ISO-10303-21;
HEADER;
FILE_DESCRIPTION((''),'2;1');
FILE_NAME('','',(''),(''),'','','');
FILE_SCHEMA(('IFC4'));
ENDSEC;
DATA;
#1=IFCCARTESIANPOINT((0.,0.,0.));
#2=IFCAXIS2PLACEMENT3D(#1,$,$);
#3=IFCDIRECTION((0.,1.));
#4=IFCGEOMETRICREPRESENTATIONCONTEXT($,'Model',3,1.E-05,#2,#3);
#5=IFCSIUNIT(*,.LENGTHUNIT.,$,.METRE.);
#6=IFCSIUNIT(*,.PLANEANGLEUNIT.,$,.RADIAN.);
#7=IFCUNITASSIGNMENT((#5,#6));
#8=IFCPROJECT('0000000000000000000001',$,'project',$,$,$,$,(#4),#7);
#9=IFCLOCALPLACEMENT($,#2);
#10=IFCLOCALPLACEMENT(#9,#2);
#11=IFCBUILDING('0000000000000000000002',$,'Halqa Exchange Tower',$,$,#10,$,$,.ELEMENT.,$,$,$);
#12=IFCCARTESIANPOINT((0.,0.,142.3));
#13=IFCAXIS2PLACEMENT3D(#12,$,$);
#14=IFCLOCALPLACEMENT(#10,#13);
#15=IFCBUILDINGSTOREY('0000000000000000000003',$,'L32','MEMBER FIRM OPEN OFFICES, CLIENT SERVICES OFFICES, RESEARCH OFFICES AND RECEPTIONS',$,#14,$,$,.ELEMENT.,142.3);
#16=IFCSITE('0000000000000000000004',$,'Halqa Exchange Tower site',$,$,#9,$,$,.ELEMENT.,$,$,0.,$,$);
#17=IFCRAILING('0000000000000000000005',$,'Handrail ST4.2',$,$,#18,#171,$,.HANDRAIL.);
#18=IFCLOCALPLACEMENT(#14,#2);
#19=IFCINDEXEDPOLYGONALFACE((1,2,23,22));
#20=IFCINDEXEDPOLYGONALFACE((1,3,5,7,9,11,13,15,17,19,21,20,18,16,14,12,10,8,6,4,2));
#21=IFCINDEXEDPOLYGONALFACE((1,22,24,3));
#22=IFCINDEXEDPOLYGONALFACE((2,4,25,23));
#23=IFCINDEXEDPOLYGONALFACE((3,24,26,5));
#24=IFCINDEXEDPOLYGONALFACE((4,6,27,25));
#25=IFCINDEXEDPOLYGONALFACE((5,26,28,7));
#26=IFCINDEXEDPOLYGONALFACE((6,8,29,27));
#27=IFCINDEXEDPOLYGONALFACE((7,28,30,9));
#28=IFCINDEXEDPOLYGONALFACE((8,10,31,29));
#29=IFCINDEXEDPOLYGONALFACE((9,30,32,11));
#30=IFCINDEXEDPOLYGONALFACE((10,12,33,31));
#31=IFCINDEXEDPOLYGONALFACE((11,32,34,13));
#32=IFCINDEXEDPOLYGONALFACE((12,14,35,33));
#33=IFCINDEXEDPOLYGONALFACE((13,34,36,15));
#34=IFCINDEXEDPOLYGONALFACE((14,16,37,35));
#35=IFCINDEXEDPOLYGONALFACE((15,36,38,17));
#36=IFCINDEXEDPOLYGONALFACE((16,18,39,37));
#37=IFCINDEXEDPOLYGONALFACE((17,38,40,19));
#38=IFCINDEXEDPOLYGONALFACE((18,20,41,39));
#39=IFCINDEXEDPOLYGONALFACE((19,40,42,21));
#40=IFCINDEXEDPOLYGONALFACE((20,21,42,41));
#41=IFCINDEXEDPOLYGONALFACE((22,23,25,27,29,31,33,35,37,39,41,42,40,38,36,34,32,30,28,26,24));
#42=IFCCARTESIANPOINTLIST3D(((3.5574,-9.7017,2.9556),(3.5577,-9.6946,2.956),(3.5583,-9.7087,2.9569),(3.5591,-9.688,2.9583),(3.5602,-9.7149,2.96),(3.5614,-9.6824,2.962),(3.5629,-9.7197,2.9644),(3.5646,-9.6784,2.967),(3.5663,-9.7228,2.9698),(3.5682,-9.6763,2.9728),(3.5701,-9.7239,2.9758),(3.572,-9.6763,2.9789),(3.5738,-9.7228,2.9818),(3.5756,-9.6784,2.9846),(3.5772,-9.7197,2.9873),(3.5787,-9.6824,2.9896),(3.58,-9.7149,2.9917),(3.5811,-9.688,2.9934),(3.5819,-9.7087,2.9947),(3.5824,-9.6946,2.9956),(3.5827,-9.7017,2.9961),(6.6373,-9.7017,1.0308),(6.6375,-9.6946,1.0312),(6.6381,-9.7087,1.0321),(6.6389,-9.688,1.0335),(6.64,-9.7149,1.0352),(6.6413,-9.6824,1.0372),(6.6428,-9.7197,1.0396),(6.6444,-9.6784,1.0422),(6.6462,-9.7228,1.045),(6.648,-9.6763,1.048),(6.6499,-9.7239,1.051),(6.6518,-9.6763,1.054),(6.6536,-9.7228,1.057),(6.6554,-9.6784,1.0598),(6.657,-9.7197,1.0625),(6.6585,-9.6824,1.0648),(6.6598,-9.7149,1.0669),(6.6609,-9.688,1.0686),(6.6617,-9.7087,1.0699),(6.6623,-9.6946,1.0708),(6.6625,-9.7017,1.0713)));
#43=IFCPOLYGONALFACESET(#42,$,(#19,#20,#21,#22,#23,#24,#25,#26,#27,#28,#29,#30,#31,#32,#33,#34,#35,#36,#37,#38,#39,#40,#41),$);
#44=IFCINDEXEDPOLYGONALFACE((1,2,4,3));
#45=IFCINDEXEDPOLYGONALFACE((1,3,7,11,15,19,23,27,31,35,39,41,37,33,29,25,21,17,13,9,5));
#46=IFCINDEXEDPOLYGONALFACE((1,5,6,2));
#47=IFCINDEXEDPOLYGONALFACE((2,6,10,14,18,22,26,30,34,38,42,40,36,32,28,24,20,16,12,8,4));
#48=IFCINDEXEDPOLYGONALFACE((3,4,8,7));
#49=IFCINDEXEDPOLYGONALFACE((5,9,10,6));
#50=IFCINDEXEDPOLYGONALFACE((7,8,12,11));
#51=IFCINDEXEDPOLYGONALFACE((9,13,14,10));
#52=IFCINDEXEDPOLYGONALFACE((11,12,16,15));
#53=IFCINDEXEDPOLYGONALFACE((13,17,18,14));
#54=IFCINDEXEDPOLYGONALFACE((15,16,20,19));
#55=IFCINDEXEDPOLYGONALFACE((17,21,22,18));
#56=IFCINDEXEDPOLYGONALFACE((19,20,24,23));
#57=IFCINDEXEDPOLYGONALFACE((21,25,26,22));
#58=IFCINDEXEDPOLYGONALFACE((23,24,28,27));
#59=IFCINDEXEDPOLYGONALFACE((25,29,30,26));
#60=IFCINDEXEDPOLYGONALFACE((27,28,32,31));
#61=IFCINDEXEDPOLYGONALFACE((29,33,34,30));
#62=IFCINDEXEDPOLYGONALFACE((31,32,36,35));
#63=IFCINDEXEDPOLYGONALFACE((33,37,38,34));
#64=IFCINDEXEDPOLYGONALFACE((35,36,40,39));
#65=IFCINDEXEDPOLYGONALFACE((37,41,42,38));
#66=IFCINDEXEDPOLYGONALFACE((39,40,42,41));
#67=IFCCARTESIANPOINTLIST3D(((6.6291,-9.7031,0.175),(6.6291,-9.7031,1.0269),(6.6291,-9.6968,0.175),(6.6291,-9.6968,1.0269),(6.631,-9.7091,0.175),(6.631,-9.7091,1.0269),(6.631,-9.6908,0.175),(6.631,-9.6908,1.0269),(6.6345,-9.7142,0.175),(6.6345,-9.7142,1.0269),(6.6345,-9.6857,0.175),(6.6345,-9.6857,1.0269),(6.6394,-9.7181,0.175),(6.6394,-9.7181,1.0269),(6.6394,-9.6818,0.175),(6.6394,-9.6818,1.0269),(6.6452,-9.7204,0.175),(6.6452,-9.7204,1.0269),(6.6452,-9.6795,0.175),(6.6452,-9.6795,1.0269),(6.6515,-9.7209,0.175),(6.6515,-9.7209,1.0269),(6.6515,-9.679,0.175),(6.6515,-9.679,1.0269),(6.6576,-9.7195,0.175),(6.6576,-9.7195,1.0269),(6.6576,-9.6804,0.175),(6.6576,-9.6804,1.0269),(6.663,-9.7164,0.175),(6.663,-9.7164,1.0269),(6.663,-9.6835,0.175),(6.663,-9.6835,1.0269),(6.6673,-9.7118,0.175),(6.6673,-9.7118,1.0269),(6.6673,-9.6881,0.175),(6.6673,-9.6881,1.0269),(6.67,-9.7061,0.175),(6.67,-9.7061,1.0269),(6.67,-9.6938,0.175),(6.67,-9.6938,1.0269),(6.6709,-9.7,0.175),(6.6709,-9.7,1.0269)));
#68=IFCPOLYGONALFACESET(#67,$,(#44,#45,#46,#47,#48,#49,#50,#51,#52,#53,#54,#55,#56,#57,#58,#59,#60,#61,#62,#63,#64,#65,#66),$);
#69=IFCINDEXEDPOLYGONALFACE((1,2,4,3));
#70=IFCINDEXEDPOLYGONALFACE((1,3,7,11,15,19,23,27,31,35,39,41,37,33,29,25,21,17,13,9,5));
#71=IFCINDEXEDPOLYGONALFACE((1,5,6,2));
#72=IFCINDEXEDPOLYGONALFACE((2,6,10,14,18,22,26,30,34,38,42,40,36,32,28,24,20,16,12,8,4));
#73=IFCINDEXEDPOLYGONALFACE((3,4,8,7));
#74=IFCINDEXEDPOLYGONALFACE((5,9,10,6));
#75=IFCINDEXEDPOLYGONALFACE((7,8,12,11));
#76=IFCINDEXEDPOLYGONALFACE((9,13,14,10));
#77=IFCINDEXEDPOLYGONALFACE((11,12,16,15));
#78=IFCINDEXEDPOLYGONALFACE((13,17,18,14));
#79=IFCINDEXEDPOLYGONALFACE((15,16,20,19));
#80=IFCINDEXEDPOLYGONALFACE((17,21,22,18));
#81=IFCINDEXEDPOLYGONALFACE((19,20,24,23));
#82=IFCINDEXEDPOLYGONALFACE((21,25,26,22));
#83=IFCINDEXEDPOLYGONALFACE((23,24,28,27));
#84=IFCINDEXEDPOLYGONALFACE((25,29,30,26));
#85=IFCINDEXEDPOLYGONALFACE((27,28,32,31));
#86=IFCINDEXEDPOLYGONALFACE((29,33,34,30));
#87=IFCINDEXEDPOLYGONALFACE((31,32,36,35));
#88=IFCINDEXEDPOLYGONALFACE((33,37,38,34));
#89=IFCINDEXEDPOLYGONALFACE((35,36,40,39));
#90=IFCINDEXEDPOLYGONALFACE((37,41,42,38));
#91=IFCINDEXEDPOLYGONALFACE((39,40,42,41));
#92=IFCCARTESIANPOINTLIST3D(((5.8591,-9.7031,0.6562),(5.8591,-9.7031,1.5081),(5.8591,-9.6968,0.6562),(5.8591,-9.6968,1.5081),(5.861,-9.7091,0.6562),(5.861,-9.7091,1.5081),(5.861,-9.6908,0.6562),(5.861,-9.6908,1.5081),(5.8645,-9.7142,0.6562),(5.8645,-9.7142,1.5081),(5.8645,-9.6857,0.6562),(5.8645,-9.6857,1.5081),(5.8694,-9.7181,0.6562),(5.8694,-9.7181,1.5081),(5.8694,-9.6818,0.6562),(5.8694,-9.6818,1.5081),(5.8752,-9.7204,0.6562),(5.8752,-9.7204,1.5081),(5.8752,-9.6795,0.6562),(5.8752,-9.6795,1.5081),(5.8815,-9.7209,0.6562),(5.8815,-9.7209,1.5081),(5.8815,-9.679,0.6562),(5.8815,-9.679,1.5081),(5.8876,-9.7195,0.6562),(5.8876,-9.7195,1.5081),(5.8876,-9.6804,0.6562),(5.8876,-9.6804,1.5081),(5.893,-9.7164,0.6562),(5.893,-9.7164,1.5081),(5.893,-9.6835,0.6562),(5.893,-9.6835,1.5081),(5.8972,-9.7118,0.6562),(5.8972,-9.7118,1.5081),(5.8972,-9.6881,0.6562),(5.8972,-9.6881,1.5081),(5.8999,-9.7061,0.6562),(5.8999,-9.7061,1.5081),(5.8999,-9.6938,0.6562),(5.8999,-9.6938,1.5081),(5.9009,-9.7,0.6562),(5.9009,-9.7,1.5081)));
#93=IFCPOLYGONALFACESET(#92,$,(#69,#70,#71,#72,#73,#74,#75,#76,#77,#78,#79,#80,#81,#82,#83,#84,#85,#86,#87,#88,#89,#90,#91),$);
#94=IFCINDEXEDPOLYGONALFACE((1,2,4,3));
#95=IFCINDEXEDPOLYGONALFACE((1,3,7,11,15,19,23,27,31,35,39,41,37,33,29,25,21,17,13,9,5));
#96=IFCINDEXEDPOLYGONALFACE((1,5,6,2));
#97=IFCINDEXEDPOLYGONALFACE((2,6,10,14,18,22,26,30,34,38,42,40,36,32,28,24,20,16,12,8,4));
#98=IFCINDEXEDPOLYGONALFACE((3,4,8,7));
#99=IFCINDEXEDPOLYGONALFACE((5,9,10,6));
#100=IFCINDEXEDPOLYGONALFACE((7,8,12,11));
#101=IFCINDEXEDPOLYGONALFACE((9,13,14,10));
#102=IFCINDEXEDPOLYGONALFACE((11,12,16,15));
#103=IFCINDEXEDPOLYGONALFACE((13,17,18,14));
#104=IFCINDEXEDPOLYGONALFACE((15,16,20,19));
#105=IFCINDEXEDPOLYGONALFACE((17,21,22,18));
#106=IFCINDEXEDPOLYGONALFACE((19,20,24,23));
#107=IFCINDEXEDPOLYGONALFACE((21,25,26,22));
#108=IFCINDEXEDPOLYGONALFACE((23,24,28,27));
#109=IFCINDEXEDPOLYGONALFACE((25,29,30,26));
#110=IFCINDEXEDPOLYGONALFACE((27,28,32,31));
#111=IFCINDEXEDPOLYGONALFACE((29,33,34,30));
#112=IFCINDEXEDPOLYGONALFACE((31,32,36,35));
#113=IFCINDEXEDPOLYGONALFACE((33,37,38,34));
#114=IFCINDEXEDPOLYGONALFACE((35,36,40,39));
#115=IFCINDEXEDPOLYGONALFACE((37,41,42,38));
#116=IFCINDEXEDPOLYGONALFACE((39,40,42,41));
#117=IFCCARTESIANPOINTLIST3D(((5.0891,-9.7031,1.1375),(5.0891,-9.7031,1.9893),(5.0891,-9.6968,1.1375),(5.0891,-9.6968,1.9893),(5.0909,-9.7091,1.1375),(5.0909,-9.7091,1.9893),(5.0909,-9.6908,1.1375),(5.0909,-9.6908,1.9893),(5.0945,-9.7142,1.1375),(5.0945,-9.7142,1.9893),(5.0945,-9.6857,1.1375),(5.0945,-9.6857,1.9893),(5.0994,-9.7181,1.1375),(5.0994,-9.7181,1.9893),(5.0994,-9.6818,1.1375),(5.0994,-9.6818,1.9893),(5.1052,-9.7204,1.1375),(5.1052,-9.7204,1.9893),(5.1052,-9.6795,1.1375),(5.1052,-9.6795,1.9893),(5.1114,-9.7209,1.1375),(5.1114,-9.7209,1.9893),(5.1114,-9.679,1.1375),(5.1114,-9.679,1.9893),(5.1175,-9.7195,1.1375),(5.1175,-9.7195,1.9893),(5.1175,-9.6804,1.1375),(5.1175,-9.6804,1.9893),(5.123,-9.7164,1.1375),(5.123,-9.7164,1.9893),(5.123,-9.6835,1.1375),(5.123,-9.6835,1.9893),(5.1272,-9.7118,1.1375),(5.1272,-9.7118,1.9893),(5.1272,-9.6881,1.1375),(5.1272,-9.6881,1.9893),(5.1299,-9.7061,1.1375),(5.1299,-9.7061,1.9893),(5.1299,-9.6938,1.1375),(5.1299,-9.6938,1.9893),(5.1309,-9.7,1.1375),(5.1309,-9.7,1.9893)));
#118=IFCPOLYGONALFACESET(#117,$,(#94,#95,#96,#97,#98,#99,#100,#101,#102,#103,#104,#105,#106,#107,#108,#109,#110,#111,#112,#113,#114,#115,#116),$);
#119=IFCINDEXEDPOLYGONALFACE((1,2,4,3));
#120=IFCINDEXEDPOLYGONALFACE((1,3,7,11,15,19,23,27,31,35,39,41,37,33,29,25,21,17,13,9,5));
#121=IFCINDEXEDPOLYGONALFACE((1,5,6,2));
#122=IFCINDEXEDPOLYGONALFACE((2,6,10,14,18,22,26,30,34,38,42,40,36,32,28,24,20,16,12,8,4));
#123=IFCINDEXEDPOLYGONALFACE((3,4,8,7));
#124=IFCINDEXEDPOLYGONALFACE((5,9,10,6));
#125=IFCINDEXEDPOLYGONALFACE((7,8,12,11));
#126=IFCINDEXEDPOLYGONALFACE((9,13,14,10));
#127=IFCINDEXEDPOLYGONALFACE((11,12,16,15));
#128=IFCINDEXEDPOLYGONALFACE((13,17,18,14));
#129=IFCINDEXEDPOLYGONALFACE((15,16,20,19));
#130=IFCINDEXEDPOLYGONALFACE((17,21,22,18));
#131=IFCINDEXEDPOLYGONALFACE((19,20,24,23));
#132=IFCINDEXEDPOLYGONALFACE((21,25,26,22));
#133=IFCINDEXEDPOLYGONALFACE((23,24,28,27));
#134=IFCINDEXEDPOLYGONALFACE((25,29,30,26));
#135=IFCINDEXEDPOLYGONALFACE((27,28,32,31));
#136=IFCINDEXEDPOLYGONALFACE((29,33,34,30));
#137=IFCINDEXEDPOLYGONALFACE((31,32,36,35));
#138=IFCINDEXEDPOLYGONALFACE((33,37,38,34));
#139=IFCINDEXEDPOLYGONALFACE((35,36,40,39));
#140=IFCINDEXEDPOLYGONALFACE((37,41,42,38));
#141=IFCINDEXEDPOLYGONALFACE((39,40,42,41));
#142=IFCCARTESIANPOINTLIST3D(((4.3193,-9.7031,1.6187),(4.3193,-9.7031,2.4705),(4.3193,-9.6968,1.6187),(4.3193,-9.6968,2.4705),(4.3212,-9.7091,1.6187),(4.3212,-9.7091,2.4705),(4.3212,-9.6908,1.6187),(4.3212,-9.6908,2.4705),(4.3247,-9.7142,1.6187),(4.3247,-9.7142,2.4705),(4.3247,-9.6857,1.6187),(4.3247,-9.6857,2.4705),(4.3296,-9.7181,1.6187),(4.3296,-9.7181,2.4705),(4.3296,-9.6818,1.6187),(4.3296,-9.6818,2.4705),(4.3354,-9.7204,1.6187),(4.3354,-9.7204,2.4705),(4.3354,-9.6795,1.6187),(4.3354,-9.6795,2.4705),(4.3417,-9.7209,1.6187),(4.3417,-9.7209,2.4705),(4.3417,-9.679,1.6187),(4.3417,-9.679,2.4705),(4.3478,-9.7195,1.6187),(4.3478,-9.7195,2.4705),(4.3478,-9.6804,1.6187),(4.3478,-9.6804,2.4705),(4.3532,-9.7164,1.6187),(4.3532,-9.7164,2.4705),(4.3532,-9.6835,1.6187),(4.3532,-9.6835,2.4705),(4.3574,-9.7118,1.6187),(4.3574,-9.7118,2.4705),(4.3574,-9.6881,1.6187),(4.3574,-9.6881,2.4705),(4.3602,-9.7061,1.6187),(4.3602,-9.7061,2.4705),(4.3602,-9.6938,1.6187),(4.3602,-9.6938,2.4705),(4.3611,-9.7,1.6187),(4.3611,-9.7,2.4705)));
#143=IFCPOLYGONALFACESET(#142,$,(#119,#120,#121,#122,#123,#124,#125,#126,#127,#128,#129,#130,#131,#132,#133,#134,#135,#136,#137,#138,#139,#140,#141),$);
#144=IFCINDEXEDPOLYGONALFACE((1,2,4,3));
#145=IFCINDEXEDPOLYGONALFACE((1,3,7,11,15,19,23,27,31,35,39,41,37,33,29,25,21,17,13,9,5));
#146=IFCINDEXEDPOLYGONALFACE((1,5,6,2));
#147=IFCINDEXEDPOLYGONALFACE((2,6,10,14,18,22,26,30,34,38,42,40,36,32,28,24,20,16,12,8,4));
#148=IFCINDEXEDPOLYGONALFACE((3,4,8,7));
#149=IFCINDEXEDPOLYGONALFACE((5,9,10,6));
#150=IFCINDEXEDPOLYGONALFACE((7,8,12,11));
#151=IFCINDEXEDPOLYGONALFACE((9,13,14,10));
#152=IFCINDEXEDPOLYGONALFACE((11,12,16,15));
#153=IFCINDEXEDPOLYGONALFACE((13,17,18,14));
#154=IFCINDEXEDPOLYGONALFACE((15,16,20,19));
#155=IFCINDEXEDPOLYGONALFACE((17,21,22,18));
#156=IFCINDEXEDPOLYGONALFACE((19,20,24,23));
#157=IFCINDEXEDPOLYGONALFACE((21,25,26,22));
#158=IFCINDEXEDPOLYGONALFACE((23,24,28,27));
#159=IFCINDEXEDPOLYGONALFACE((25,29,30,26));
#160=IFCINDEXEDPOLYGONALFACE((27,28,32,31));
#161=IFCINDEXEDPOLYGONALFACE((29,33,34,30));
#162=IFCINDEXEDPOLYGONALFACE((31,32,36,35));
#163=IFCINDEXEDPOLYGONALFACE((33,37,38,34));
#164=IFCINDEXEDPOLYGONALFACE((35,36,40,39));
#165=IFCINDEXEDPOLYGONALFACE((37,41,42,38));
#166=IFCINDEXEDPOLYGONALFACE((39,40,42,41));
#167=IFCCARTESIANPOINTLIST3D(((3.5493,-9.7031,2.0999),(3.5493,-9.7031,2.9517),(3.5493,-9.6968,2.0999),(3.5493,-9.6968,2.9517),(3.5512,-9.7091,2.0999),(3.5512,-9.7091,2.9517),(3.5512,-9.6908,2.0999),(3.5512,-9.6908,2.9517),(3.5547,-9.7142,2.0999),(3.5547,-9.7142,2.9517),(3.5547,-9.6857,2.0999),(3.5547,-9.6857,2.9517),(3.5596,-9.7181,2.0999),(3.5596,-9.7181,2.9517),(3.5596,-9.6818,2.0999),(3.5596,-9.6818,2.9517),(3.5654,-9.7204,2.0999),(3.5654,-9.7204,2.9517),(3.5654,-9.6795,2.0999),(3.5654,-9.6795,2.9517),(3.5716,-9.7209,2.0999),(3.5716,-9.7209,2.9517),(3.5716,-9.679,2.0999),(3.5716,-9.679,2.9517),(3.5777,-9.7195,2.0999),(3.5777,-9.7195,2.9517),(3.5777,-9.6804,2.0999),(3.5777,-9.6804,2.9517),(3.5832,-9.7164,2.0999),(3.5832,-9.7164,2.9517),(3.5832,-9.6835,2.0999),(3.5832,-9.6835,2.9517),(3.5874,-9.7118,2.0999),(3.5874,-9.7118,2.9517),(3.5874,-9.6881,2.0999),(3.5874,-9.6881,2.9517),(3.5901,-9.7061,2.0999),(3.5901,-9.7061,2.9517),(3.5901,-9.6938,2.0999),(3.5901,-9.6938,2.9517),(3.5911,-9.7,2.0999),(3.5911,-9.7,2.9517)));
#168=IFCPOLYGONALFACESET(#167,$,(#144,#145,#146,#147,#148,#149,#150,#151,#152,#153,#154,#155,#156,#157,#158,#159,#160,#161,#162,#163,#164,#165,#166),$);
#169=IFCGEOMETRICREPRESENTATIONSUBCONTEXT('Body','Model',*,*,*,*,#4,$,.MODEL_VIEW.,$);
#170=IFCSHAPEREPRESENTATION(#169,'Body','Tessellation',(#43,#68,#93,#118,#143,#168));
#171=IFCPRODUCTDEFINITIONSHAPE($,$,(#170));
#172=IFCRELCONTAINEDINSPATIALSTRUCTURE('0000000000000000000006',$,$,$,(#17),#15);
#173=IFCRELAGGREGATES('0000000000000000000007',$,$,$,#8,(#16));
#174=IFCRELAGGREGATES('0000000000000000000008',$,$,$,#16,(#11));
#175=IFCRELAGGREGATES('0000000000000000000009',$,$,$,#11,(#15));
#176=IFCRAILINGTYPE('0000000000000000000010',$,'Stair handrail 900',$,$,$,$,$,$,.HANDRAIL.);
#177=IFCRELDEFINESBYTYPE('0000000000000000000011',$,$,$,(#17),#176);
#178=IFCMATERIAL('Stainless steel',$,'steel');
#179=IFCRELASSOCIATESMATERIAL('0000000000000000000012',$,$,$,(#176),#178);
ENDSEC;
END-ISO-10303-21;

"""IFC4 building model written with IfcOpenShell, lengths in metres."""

from ifc_helpers import new_model, si_unit, direction, frame, origin, origin_2d, place, context, subcontext, project, spatial, circle, extrude, material, type_object, element, save


model = new_model("IFC4")

# Units and contexts
model_context = context("Model", 3, precision=1e-05, world=origin(), true_north=direction((0.0, 1.0)))
body_context = subcontext(model_context, "Body", "Model", "MODEL_VIEW")
ifc_project = project(units=[si_unit("LENGTHUNIT", "METRE"), si_unit("PLANEANGLEUNIT", "RADIAN")], contexts=[model_context])

# Site, building, storey
site_placement = place(None, origin())
site = spatial("IfcSite", under=ifc_project, at=site_placement, Name="Halqa Exchange Tower site", CompositionType="ELEMENT", RefElevation=0.0)
building_placement = place(site_placement, origin())
building = spatial("IfcBuilding", under=site, at=building_placement, Name="Halqa Exchange Tower", CompositionType="ELEMENT")
storey_placement = place(building_placement, frame((0.0, 0.0, 142.3)))
storey = spatial("IfcBuildingStorey", under=building, at=storey_placement, Name="L32", Description="MEMBER FIRM OPEN OFFICES, CLIENT SERVICES OFFICES, RESEARCH OFFICES AND RECEPTIONS", CompositionType="ELEMENT", Elevation=142.3)

# Railing
ifc_material_1 = material(Name="Stainless steel", Category="steel")
railing_type_1 = type_object("IfcRailingType", Name="Stair handrail 900", PredefinedType="HANDRAIL", material=ifc_material_1)
railing_1_placement = place(storey_placement, frame((6.6499, -9.7, 0.175)))
element("IfcRailing", 1, at=railing_1_placement, inside=storey, type_object=railing_type_1, Name="Handrail ST4.2", PredefinedType="HANDRAIL", context=body_context, shape_type="SweptSolid", body=[
    extrude(circle(Radius=0.0239, at=origin_2d()), frame((0.0, 0.0, 0.876), z_axis=(-0.84801, 0.0, 0.529981), x_axis=(0.0, -1.0, 0.0)), (0.0, 0.0, 1.0), 3.6318),
    extrude(circle(Radius=0.021, at=origin_2d()), origin(), (0.0, 0.0, 1.0), 0.8518),
    extrude(circle(Radius=0.021, at=origin_2d()), frame((-0.77, 0.0, 0.4812)), (0.0, 0.0, 1.0), 0.8518),
    extrude(circle(Radius=0.021, at=origin_2d()), frame((-1.54, 0.0, 0.9624)), (0.0, 0.0, 1.0), 0.8518),
    extrude(circle(Radius=0.021, at=origin_2d()), frame((-2.3098, 0.0, 1.4436)), (0.0, 0.0, 1.0), 0.8518),
    extrude(circle(Radius=0.021, at=origin_2d()), frame((-3.0798, 0.0, 1.9248)), (0.0, 0.0, 1.0), 0.8518),
])

save(model, "model.ifc")
